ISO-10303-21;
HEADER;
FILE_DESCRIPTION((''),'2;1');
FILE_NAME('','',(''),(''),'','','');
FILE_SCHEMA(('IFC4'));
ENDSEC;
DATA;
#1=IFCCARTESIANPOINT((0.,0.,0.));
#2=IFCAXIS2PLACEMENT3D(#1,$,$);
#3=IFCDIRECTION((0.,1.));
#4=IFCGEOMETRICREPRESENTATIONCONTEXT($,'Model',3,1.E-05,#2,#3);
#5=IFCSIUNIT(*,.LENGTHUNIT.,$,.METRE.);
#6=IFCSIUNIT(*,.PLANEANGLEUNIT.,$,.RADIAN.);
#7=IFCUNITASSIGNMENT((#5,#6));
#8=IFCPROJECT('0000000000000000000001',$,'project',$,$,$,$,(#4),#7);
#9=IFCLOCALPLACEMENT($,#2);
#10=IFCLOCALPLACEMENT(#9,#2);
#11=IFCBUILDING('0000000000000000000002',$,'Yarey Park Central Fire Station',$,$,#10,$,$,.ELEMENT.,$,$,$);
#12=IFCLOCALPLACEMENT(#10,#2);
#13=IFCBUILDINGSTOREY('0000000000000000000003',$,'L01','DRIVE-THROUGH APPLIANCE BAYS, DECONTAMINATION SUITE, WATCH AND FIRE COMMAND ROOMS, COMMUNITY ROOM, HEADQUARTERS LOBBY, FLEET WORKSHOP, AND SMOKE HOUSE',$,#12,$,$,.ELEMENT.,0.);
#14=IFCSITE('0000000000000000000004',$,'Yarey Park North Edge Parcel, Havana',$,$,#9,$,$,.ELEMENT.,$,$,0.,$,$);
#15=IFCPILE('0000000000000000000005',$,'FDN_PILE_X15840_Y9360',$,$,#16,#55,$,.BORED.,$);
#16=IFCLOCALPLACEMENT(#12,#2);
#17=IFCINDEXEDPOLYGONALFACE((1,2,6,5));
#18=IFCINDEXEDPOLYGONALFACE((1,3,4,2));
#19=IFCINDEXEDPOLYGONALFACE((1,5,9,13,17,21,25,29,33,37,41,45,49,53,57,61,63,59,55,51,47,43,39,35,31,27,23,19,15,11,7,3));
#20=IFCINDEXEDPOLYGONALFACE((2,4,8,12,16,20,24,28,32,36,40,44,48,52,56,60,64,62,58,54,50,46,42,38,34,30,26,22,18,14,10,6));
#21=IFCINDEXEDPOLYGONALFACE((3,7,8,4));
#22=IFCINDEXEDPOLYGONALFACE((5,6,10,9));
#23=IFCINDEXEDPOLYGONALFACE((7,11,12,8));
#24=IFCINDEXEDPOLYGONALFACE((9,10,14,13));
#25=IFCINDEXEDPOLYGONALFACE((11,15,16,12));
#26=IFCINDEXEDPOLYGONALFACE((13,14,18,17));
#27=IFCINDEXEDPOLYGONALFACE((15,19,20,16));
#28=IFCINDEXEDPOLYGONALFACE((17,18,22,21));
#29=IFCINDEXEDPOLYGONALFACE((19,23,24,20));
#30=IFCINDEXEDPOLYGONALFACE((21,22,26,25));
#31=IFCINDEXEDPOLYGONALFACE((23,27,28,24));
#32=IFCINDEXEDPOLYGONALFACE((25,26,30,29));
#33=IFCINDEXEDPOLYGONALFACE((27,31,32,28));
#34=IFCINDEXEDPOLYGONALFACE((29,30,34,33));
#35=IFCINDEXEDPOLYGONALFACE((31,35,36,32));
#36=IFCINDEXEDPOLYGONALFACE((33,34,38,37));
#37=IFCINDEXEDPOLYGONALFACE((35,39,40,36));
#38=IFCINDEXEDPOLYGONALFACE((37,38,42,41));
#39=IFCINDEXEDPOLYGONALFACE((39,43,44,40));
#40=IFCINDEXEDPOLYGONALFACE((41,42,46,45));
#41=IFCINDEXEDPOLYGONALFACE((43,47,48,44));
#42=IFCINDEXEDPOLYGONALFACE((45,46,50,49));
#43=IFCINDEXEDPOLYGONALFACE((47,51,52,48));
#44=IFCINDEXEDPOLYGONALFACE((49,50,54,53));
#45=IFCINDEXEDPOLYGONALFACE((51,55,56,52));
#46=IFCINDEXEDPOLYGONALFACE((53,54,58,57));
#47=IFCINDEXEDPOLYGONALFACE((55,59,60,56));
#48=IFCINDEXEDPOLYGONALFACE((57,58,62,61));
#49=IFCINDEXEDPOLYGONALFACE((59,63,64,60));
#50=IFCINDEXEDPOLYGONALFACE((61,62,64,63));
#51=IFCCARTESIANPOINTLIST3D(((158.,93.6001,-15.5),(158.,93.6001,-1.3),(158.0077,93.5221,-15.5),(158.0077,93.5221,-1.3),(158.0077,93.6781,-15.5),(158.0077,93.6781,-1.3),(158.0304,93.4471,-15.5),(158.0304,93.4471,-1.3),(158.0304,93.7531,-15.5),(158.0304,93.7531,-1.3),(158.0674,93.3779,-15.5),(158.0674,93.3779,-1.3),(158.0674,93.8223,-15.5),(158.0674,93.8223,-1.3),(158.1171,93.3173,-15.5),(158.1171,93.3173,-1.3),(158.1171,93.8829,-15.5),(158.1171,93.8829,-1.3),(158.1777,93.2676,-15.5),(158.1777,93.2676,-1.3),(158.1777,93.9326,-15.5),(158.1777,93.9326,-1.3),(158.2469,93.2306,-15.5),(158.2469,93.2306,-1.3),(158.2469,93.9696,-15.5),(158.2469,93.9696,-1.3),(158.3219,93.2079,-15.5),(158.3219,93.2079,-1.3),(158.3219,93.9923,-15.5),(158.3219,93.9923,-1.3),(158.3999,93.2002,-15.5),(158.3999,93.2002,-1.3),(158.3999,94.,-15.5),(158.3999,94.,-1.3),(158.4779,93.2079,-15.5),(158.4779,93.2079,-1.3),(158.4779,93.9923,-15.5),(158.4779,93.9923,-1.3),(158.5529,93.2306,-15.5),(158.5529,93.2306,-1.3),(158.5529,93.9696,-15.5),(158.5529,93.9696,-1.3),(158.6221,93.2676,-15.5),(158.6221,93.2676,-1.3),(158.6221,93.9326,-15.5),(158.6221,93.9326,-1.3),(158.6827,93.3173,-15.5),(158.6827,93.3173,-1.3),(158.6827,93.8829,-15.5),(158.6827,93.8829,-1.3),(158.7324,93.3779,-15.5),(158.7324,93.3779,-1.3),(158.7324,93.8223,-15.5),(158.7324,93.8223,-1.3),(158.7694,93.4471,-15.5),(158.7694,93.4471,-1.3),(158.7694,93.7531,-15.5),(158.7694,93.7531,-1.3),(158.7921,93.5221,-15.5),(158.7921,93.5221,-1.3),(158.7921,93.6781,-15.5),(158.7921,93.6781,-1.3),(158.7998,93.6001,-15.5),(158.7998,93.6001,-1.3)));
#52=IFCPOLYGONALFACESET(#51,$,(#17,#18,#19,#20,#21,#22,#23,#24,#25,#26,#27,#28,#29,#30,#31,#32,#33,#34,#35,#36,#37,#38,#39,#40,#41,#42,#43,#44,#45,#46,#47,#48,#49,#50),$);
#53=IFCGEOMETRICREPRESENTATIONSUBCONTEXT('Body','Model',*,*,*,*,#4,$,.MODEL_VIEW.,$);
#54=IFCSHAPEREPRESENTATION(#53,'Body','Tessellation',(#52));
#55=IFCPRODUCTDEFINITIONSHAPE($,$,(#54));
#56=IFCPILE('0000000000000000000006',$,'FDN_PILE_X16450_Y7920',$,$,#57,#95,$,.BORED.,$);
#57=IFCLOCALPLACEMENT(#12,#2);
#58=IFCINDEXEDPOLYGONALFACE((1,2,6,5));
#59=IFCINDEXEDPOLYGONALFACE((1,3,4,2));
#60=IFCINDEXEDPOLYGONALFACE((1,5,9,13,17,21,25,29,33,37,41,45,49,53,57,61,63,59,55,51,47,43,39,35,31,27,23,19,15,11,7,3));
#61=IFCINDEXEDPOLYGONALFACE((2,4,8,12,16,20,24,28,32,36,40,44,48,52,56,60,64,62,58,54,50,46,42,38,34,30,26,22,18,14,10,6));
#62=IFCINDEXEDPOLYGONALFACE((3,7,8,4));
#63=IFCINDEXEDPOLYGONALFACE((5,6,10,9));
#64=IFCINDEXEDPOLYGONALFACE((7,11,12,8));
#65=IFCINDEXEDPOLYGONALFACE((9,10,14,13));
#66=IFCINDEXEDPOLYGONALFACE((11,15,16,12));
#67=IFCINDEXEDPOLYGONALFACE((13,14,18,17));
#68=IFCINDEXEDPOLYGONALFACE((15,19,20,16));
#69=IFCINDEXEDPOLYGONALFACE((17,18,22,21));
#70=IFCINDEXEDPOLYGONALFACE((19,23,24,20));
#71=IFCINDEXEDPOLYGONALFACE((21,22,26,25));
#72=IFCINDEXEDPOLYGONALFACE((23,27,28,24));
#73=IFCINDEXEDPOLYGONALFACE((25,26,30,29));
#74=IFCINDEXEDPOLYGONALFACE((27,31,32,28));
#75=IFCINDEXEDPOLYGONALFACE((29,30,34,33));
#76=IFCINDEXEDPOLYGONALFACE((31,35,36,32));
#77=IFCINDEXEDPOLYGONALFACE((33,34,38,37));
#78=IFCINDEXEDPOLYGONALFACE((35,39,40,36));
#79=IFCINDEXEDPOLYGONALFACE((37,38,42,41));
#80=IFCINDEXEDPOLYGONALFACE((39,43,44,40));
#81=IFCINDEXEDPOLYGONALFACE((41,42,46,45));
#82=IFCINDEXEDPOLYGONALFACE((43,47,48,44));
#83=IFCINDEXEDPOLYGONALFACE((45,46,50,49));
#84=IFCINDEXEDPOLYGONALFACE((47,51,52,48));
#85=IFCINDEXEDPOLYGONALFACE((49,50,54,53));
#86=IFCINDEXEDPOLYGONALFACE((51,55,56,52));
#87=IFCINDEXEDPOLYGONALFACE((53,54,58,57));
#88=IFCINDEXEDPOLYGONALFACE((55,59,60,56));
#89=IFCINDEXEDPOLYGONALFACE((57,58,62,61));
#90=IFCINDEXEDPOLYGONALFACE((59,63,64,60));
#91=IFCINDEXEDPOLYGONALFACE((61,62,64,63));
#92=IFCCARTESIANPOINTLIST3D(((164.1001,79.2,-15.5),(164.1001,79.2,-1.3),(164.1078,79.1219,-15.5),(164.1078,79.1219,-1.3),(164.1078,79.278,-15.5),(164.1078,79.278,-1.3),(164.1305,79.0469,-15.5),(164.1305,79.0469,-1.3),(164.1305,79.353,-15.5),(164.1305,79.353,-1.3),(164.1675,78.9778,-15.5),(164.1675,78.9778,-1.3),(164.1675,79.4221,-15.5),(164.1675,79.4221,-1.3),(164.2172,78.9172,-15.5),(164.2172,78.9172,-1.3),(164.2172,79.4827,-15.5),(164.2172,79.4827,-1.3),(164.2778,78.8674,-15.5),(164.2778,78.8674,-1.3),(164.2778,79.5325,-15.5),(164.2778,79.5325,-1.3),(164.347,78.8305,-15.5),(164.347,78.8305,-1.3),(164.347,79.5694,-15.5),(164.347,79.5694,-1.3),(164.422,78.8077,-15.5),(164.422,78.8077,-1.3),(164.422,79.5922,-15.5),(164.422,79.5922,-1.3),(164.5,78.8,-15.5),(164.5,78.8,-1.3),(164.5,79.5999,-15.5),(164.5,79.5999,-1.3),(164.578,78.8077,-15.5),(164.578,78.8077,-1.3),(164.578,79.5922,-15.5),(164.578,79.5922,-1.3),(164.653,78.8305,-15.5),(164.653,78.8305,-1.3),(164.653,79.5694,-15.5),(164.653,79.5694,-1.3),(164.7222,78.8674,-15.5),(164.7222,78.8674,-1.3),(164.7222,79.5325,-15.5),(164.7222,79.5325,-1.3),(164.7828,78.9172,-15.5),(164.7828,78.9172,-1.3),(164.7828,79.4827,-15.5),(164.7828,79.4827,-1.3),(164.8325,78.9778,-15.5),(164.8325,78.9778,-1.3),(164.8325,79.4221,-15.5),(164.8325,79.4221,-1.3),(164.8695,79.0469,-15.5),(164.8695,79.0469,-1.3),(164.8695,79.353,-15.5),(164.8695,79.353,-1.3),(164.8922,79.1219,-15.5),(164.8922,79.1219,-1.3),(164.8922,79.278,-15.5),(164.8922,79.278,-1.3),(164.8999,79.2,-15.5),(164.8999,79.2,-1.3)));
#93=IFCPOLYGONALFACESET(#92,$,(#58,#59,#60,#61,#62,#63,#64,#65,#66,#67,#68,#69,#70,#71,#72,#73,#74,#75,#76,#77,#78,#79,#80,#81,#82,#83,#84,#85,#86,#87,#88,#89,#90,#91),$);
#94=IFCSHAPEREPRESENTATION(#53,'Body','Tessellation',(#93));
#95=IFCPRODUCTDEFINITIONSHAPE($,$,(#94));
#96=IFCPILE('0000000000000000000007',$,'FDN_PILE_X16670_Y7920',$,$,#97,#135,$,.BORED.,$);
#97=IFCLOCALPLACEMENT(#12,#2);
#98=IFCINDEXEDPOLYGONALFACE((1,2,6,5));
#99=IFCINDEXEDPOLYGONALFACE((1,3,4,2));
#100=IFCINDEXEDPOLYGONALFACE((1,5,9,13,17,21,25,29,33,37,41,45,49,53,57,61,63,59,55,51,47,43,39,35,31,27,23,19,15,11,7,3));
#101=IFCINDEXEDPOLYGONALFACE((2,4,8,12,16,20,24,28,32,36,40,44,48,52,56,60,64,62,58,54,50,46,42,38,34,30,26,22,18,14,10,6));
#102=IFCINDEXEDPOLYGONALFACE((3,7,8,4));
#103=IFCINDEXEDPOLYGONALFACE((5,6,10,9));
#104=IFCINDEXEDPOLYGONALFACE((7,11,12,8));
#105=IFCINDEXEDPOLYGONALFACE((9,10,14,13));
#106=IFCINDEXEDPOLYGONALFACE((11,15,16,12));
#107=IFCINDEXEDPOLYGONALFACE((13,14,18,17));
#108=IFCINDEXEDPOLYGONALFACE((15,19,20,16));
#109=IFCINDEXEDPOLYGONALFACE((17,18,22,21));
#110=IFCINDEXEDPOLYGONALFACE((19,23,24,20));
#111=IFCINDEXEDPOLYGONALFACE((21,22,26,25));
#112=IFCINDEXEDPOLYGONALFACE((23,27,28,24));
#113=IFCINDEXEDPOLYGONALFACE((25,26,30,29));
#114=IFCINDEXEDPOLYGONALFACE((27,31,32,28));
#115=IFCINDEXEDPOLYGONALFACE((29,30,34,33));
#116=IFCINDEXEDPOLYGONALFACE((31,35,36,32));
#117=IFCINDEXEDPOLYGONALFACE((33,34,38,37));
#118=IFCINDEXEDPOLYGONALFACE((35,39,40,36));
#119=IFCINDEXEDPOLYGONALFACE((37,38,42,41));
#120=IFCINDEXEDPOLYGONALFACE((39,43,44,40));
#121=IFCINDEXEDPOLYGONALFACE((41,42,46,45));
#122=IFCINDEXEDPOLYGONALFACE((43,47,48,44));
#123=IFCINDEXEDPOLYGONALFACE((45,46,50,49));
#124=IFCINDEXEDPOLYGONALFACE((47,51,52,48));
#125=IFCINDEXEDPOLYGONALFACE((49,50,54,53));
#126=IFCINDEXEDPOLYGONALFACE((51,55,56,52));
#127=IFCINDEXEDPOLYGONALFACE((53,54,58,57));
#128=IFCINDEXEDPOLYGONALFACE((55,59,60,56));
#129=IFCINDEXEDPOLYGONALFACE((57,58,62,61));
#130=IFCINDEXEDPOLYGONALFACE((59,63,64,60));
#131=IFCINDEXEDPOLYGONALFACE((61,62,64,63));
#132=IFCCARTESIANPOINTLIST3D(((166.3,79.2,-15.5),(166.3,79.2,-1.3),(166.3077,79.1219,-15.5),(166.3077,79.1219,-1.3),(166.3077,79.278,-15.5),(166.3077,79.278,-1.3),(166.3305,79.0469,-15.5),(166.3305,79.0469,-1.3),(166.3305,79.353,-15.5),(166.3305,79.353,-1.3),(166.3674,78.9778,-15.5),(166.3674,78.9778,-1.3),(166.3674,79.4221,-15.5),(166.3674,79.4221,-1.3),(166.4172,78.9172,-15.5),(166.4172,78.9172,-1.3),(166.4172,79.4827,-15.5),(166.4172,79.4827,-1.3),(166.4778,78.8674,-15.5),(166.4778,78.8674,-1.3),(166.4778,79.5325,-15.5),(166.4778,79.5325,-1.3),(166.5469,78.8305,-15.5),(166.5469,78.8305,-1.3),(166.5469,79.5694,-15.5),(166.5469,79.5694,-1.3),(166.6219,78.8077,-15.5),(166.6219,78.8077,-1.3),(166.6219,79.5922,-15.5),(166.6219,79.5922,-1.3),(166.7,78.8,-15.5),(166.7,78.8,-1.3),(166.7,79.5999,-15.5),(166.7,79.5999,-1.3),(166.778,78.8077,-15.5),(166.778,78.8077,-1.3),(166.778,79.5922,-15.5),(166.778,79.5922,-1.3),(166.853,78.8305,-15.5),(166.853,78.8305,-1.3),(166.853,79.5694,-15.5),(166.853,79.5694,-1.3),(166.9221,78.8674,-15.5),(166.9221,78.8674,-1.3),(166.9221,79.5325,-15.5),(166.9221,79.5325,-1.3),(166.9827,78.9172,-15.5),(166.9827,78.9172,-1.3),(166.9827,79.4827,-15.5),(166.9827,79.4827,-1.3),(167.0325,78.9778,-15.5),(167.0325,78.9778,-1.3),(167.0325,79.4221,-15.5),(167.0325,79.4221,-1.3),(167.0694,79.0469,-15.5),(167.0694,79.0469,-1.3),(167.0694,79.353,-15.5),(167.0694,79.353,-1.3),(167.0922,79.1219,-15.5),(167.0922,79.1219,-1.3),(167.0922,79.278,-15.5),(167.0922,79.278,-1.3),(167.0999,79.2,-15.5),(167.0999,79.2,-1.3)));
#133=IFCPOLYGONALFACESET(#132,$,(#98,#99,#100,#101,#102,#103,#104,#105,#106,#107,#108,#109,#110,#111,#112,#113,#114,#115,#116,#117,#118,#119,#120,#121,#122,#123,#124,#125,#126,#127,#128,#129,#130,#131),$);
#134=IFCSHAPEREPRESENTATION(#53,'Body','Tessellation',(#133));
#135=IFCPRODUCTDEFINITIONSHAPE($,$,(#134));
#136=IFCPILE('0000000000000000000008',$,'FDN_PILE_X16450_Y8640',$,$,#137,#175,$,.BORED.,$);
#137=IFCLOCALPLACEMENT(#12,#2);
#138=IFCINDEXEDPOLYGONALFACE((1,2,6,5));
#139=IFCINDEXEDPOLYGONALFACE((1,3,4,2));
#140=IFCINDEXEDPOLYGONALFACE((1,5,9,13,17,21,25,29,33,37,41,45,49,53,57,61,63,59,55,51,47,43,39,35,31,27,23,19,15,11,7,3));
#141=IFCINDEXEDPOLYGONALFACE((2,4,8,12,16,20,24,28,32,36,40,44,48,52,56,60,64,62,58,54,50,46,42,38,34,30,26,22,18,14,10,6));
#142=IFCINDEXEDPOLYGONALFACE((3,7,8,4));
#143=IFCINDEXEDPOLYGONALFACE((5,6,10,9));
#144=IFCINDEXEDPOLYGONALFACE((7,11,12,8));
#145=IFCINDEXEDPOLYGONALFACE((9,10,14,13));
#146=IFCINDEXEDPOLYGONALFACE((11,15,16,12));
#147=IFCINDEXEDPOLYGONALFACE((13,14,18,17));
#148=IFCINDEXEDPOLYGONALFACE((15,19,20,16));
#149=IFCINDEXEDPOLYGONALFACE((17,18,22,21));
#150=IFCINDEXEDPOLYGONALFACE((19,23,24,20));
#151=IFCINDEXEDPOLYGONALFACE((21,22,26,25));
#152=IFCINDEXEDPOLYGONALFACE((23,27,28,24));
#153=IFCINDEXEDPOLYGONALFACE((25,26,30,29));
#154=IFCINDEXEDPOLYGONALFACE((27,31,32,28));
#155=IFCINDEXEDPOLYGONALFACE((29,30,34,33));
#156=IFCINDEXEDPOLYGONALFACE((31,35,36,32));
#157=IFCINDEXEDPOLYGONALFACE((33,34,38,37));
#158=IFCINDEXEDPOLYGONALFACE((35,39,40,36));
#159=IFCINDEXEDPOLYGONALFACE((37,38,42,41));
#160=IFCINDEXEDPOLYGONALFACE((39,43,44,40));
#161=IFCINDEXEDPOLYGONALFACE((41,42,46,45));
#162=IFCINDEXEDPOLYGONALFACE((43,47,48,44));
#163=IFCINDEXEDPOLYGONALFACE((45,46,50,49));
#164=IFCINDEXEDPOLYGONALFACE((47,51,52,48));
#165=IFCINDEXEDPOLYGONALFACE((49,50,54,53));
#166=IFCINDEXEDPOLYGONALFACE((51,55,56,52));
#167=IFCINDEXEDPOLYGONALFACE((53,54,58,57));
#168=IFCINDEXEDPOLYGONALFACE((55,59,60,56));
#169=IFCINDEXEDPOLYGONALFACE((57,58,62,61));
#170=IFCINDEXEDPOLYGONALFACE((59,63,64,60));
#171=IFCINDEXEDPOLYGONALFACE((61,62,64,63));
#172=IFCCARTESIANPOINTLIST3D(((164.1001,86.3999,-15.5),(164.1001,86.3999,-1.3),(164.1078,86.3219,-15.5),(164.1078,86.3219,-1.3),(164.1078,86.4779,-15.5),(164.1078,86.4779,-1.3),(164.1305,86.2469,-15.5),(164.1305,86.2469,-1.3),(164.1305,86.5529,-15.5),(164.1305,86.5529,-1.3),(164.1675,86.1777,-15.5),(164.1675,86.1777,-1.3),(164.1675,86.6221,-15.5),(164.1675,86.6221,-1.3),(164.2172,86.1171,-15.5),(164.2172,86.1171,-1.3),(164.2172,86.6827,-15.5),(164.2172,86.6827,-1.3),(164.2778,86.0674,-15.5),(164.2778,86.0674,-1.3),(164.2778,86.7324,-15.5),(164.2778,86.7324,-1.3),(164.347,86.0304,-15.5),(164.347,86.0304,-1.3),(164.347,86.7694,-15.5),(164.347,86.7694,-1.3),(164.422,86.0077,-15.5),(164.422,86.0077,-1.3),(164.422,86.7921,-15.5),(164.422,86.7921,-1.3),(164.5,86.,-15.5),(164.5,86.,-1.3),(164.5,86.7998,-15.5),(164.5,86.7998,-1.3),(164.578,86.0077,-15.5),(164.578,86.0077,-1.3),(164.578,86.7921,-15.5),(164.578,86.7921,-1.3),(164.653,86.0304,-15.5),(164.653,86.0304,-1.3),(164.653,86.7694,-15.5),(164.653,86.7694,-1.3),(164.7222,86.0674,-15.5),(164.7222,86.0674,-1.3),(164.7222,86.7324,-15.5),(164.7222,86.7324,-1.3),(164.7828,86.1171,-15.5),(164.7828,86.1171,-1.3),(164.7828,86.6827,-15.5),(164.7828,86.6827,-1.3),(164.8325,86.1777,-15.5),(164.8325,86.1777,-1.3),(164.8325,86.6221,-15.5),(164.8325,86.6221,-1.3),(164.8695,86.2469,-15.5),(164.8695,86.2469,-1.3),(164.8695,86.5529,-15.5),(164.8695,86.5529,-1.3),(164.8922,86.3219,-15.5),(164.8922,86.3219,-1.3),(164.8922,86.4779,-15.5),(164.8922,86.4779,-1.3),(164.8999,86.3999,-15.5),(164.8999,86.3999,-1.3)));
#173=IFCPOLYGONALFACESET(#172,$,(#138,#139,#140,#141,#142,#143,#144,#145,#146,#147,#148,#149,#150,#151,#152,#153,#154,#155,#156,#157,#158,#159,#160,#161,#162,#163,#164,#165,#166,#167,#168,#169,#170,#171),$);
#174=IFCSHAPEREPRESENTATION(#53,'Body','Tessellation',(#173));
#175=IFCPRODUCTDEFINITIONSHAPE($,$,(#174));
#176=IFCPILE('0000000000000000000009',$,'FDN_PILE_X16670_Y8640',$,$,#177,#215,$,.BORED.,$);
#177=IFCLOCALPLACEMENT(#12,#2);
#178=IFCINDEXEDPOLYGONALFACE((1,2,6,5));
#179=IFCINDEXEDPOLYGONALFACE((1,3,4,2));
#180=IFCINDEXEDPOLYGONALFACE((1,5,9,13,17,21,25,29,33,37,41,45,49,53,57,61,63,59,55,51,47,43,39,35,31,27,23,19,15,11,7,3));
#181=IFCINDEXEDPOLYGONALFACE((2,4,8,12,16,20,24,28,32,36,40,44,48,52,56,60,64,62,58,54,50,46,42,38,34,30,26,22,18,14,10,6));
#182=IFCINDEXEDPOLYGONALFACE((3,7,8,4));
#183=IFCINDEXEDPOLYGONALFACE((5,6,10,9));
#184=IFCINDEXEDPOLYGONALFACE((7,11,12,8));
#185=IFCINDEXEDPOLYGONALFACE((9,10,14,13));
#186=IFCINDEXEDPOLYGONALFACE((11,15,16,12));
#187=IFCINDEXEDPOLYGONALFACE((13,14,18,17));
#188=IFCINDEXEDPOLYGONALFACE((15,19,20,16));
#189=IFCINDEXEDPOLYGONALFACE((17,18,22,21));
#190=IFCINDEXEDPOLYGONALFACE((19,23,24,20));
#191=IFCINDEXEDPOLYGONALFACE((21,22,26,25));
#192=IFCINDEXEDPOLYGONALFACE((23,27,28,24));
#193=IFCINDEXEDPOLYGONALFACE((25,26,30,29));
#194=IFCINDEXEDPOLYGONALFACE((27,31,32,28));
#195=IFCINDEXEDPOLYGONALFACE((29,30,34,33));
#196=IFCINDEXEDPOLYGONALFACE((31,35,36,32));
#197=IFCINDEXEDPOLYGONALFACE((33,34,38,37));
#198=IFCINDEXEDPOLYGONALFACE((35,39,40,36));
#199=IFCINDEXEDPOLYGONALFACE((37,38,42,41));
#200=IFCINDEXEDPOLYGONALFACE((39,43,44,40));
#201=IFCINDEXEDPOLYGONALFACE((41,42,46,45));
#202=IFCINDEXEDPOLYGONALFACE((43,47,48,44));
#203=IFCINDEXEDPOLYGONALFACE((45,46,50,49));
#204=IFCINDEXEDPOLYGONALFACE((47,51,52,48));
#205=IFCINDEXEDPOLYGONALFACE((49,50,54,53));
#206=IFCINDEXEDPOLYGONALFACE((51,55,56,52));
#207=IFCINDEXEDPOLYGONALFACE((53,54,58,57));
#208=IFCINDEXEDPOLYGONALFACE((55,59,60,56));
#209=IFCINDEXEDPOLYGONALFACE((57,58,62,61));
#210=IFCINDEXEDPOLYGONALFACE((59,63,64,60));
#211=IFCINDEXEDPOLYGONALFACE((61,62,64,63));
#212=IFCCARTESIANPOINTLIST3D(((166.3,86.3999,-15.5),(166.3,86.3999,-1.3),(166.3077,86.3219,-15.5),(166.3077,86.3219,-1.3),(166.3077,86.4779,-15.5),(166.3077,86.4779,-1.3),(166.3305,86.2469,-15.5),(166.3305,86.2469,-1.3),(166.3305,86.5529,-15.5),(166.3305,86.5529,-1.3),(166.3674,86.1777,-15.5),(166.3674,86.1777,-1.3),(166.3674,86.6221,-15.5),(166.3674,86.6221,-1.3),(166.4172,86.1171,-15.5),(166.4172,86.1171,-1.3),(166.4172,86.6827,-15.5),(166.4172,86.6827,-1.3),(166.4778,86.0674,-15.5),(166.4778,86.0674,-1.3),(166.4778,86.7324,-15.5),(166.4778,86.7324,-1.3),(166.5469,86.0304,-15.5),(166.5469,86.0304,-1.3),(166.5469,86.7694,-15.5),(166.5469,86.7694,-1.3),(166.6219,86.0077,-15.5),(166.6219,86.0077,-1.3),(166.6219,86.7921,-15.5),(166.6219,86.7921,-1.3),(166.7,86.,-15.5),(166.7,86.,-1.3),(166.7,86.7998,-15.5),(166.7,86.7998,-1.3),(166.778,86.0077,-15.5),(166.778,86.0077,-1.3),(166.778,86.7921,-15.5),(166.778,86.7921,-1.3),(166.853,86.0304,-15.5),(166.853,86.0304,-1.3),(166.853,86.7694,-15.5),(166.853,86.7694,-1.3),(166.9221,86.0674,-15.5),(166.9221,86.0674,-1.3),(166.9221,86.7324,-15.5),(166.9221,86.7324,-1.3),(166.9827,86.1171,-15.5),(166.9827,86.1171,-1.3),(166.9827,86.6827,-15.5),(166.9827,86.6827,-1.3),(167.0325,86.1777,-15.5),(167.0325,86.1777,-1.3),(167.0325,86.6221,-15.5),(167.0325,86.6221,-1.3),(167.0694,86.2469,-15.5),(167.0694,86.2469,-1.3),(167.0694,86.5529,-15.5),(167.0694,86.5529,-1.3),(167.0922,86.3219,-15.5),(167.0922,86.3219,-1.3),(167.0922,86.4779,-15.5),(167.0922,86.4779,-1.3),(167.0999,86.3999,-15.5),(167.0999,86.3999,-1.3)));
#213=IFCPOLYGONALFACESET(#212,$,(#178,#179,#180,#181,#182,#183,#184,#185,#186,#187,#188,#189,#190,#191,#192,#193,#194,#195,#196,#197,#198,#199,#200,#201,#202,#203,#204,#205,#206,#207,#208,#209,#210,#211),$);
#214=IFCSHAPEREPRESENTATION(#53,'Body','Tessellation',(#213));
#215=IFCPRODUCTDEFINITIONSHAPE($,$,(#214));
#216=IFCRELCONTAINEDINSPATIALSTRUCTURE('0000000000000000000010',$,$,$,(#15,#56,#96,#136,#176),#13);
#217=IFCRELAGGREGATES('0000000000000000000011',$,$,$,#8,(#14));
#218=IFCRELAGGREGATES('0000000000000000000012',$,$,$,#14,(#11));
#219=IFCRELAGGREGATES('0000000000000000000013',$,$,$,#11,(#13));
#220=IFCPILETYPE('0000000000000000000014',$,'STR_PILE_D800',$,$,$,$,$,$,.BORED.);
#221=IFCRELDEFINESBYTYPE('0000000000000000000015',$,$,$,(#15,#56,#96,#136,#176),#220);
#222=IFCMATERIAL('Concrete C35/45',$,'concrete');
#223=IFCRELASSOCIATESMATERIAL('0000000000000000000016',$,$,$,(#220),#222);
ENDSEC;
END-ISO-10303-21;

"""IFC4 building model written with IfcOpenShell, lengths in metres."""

from ifc_helpers import new_model, si_unit, direction, frame, origin, origin_2d, place, context, subcontext, project, spatial, circle, extrude, material, material_profile, profile_set, type_object, element, save


model = new_model("IFC4")

# Units and contexts
model_context = context("Model", 3, precision=1e-05, world=origin(), true_north=direction((0.0, 1.0)))
body_context = subcontext(model_context, "Body", "Model", "MODEL_VIEW")
ifc_project = project(units=[si_unit("LENGTHUNIT", "METRE"), si_unit("PLANEANGLEUNIT", "RADIAN")], contexts=[model_context])

# Site, building, storey
site_placement = place(None, origin())
site = spatial("IfcSite", under=ifc_project, at=site_placement, Name="Yarey Park North Edge Parcel, Havana", CompositionType="ELEMENT", RefElevation=0.0)
building_placement = place(site_placement, origin())
building = spatial("IfcBuilding", under=site, at=building_placement, Name="Yarey Park Central Fire Station", CompositionType="ELEMENT")
storey_placement = place(building_placement, origin())
storey = spatial("IfcBuildingStorey", under=building, at=storey_placement, Name="L01", Description="DRIVE-THROUGH APPLIANCE BAYS, DECONTAMINATION SUITE, WATCH AND FIRE COMMAND ROOMS, COMMUNITY ROOM, HEADQUARTERS LOBBY, FLEET WORKSHOP, AND SMOKE HOUSE", CompositionType="ELEMENT", Elevation=0.0)

# Shared definitions
ifc_material_1 = material(Name="Concrete C35/45", Category="concrete")

# Piles
ifc_material_profile_1 = material_profile(ifc_material_1, circle(Radius=0.3999, at=origin_2d()), Name="BORED PILE D800")
ifc_profile_set_1 = profile_set([ifc_material_profile_1], Name="Concrete C35/45")
pile_type = type_object("IfcPileType", Name="STR_PILE_D800", PredefinedType="BORED", material=ifc_profile_set_1)
for number, where, z_axis, x_axis, name in (
    (1, (158.3999, 93.6001, -1.3), (0.0, 0.0, -1.0), (1.0, 0.0, 0.0), "FDN_PILE_X15840_Y9360"),
    (2, (164.5, 79.2, -1.3), (0.0, 0.0, -1.0), (1.0, 0.0, 0.0), "FDN_PILE_X16450_Y7920"),
    (3, (166.7, 79.2, -1.3), (0.0, 0.0, -1.0), (1.0, 0.0, 0.0), "FDN_PILE_X16670_Y7920"),
    (4, (164.5, 86.3999, -1.3), (0.0, 0.0, -1.0), (1.0, 0.0, 0.0), "FDN_PILE_X16450_Y8640"),
    (5, (166.7, 86.3999, -1.3), (0.0, 0.0, -1.0), (1.0, 0.0, 0.0), "FDN_PILE_X16670_Y8640"),
):
    element("IfcPile", number, at=place(storey_placement, frame(where, z_axis=z_axis, x_axis=x_axis)), inside=storey, type_object=pile_type, Name=name, PredefinedType="BORED", context=body_context, shape_type="SweptSolid", body=[
        extrude(circle(Radius=0.3999, at=origin_2d()), origin(), (0.0, 0.0, 1.0), 14.2),
    ])

save(model, "model.ifc")
